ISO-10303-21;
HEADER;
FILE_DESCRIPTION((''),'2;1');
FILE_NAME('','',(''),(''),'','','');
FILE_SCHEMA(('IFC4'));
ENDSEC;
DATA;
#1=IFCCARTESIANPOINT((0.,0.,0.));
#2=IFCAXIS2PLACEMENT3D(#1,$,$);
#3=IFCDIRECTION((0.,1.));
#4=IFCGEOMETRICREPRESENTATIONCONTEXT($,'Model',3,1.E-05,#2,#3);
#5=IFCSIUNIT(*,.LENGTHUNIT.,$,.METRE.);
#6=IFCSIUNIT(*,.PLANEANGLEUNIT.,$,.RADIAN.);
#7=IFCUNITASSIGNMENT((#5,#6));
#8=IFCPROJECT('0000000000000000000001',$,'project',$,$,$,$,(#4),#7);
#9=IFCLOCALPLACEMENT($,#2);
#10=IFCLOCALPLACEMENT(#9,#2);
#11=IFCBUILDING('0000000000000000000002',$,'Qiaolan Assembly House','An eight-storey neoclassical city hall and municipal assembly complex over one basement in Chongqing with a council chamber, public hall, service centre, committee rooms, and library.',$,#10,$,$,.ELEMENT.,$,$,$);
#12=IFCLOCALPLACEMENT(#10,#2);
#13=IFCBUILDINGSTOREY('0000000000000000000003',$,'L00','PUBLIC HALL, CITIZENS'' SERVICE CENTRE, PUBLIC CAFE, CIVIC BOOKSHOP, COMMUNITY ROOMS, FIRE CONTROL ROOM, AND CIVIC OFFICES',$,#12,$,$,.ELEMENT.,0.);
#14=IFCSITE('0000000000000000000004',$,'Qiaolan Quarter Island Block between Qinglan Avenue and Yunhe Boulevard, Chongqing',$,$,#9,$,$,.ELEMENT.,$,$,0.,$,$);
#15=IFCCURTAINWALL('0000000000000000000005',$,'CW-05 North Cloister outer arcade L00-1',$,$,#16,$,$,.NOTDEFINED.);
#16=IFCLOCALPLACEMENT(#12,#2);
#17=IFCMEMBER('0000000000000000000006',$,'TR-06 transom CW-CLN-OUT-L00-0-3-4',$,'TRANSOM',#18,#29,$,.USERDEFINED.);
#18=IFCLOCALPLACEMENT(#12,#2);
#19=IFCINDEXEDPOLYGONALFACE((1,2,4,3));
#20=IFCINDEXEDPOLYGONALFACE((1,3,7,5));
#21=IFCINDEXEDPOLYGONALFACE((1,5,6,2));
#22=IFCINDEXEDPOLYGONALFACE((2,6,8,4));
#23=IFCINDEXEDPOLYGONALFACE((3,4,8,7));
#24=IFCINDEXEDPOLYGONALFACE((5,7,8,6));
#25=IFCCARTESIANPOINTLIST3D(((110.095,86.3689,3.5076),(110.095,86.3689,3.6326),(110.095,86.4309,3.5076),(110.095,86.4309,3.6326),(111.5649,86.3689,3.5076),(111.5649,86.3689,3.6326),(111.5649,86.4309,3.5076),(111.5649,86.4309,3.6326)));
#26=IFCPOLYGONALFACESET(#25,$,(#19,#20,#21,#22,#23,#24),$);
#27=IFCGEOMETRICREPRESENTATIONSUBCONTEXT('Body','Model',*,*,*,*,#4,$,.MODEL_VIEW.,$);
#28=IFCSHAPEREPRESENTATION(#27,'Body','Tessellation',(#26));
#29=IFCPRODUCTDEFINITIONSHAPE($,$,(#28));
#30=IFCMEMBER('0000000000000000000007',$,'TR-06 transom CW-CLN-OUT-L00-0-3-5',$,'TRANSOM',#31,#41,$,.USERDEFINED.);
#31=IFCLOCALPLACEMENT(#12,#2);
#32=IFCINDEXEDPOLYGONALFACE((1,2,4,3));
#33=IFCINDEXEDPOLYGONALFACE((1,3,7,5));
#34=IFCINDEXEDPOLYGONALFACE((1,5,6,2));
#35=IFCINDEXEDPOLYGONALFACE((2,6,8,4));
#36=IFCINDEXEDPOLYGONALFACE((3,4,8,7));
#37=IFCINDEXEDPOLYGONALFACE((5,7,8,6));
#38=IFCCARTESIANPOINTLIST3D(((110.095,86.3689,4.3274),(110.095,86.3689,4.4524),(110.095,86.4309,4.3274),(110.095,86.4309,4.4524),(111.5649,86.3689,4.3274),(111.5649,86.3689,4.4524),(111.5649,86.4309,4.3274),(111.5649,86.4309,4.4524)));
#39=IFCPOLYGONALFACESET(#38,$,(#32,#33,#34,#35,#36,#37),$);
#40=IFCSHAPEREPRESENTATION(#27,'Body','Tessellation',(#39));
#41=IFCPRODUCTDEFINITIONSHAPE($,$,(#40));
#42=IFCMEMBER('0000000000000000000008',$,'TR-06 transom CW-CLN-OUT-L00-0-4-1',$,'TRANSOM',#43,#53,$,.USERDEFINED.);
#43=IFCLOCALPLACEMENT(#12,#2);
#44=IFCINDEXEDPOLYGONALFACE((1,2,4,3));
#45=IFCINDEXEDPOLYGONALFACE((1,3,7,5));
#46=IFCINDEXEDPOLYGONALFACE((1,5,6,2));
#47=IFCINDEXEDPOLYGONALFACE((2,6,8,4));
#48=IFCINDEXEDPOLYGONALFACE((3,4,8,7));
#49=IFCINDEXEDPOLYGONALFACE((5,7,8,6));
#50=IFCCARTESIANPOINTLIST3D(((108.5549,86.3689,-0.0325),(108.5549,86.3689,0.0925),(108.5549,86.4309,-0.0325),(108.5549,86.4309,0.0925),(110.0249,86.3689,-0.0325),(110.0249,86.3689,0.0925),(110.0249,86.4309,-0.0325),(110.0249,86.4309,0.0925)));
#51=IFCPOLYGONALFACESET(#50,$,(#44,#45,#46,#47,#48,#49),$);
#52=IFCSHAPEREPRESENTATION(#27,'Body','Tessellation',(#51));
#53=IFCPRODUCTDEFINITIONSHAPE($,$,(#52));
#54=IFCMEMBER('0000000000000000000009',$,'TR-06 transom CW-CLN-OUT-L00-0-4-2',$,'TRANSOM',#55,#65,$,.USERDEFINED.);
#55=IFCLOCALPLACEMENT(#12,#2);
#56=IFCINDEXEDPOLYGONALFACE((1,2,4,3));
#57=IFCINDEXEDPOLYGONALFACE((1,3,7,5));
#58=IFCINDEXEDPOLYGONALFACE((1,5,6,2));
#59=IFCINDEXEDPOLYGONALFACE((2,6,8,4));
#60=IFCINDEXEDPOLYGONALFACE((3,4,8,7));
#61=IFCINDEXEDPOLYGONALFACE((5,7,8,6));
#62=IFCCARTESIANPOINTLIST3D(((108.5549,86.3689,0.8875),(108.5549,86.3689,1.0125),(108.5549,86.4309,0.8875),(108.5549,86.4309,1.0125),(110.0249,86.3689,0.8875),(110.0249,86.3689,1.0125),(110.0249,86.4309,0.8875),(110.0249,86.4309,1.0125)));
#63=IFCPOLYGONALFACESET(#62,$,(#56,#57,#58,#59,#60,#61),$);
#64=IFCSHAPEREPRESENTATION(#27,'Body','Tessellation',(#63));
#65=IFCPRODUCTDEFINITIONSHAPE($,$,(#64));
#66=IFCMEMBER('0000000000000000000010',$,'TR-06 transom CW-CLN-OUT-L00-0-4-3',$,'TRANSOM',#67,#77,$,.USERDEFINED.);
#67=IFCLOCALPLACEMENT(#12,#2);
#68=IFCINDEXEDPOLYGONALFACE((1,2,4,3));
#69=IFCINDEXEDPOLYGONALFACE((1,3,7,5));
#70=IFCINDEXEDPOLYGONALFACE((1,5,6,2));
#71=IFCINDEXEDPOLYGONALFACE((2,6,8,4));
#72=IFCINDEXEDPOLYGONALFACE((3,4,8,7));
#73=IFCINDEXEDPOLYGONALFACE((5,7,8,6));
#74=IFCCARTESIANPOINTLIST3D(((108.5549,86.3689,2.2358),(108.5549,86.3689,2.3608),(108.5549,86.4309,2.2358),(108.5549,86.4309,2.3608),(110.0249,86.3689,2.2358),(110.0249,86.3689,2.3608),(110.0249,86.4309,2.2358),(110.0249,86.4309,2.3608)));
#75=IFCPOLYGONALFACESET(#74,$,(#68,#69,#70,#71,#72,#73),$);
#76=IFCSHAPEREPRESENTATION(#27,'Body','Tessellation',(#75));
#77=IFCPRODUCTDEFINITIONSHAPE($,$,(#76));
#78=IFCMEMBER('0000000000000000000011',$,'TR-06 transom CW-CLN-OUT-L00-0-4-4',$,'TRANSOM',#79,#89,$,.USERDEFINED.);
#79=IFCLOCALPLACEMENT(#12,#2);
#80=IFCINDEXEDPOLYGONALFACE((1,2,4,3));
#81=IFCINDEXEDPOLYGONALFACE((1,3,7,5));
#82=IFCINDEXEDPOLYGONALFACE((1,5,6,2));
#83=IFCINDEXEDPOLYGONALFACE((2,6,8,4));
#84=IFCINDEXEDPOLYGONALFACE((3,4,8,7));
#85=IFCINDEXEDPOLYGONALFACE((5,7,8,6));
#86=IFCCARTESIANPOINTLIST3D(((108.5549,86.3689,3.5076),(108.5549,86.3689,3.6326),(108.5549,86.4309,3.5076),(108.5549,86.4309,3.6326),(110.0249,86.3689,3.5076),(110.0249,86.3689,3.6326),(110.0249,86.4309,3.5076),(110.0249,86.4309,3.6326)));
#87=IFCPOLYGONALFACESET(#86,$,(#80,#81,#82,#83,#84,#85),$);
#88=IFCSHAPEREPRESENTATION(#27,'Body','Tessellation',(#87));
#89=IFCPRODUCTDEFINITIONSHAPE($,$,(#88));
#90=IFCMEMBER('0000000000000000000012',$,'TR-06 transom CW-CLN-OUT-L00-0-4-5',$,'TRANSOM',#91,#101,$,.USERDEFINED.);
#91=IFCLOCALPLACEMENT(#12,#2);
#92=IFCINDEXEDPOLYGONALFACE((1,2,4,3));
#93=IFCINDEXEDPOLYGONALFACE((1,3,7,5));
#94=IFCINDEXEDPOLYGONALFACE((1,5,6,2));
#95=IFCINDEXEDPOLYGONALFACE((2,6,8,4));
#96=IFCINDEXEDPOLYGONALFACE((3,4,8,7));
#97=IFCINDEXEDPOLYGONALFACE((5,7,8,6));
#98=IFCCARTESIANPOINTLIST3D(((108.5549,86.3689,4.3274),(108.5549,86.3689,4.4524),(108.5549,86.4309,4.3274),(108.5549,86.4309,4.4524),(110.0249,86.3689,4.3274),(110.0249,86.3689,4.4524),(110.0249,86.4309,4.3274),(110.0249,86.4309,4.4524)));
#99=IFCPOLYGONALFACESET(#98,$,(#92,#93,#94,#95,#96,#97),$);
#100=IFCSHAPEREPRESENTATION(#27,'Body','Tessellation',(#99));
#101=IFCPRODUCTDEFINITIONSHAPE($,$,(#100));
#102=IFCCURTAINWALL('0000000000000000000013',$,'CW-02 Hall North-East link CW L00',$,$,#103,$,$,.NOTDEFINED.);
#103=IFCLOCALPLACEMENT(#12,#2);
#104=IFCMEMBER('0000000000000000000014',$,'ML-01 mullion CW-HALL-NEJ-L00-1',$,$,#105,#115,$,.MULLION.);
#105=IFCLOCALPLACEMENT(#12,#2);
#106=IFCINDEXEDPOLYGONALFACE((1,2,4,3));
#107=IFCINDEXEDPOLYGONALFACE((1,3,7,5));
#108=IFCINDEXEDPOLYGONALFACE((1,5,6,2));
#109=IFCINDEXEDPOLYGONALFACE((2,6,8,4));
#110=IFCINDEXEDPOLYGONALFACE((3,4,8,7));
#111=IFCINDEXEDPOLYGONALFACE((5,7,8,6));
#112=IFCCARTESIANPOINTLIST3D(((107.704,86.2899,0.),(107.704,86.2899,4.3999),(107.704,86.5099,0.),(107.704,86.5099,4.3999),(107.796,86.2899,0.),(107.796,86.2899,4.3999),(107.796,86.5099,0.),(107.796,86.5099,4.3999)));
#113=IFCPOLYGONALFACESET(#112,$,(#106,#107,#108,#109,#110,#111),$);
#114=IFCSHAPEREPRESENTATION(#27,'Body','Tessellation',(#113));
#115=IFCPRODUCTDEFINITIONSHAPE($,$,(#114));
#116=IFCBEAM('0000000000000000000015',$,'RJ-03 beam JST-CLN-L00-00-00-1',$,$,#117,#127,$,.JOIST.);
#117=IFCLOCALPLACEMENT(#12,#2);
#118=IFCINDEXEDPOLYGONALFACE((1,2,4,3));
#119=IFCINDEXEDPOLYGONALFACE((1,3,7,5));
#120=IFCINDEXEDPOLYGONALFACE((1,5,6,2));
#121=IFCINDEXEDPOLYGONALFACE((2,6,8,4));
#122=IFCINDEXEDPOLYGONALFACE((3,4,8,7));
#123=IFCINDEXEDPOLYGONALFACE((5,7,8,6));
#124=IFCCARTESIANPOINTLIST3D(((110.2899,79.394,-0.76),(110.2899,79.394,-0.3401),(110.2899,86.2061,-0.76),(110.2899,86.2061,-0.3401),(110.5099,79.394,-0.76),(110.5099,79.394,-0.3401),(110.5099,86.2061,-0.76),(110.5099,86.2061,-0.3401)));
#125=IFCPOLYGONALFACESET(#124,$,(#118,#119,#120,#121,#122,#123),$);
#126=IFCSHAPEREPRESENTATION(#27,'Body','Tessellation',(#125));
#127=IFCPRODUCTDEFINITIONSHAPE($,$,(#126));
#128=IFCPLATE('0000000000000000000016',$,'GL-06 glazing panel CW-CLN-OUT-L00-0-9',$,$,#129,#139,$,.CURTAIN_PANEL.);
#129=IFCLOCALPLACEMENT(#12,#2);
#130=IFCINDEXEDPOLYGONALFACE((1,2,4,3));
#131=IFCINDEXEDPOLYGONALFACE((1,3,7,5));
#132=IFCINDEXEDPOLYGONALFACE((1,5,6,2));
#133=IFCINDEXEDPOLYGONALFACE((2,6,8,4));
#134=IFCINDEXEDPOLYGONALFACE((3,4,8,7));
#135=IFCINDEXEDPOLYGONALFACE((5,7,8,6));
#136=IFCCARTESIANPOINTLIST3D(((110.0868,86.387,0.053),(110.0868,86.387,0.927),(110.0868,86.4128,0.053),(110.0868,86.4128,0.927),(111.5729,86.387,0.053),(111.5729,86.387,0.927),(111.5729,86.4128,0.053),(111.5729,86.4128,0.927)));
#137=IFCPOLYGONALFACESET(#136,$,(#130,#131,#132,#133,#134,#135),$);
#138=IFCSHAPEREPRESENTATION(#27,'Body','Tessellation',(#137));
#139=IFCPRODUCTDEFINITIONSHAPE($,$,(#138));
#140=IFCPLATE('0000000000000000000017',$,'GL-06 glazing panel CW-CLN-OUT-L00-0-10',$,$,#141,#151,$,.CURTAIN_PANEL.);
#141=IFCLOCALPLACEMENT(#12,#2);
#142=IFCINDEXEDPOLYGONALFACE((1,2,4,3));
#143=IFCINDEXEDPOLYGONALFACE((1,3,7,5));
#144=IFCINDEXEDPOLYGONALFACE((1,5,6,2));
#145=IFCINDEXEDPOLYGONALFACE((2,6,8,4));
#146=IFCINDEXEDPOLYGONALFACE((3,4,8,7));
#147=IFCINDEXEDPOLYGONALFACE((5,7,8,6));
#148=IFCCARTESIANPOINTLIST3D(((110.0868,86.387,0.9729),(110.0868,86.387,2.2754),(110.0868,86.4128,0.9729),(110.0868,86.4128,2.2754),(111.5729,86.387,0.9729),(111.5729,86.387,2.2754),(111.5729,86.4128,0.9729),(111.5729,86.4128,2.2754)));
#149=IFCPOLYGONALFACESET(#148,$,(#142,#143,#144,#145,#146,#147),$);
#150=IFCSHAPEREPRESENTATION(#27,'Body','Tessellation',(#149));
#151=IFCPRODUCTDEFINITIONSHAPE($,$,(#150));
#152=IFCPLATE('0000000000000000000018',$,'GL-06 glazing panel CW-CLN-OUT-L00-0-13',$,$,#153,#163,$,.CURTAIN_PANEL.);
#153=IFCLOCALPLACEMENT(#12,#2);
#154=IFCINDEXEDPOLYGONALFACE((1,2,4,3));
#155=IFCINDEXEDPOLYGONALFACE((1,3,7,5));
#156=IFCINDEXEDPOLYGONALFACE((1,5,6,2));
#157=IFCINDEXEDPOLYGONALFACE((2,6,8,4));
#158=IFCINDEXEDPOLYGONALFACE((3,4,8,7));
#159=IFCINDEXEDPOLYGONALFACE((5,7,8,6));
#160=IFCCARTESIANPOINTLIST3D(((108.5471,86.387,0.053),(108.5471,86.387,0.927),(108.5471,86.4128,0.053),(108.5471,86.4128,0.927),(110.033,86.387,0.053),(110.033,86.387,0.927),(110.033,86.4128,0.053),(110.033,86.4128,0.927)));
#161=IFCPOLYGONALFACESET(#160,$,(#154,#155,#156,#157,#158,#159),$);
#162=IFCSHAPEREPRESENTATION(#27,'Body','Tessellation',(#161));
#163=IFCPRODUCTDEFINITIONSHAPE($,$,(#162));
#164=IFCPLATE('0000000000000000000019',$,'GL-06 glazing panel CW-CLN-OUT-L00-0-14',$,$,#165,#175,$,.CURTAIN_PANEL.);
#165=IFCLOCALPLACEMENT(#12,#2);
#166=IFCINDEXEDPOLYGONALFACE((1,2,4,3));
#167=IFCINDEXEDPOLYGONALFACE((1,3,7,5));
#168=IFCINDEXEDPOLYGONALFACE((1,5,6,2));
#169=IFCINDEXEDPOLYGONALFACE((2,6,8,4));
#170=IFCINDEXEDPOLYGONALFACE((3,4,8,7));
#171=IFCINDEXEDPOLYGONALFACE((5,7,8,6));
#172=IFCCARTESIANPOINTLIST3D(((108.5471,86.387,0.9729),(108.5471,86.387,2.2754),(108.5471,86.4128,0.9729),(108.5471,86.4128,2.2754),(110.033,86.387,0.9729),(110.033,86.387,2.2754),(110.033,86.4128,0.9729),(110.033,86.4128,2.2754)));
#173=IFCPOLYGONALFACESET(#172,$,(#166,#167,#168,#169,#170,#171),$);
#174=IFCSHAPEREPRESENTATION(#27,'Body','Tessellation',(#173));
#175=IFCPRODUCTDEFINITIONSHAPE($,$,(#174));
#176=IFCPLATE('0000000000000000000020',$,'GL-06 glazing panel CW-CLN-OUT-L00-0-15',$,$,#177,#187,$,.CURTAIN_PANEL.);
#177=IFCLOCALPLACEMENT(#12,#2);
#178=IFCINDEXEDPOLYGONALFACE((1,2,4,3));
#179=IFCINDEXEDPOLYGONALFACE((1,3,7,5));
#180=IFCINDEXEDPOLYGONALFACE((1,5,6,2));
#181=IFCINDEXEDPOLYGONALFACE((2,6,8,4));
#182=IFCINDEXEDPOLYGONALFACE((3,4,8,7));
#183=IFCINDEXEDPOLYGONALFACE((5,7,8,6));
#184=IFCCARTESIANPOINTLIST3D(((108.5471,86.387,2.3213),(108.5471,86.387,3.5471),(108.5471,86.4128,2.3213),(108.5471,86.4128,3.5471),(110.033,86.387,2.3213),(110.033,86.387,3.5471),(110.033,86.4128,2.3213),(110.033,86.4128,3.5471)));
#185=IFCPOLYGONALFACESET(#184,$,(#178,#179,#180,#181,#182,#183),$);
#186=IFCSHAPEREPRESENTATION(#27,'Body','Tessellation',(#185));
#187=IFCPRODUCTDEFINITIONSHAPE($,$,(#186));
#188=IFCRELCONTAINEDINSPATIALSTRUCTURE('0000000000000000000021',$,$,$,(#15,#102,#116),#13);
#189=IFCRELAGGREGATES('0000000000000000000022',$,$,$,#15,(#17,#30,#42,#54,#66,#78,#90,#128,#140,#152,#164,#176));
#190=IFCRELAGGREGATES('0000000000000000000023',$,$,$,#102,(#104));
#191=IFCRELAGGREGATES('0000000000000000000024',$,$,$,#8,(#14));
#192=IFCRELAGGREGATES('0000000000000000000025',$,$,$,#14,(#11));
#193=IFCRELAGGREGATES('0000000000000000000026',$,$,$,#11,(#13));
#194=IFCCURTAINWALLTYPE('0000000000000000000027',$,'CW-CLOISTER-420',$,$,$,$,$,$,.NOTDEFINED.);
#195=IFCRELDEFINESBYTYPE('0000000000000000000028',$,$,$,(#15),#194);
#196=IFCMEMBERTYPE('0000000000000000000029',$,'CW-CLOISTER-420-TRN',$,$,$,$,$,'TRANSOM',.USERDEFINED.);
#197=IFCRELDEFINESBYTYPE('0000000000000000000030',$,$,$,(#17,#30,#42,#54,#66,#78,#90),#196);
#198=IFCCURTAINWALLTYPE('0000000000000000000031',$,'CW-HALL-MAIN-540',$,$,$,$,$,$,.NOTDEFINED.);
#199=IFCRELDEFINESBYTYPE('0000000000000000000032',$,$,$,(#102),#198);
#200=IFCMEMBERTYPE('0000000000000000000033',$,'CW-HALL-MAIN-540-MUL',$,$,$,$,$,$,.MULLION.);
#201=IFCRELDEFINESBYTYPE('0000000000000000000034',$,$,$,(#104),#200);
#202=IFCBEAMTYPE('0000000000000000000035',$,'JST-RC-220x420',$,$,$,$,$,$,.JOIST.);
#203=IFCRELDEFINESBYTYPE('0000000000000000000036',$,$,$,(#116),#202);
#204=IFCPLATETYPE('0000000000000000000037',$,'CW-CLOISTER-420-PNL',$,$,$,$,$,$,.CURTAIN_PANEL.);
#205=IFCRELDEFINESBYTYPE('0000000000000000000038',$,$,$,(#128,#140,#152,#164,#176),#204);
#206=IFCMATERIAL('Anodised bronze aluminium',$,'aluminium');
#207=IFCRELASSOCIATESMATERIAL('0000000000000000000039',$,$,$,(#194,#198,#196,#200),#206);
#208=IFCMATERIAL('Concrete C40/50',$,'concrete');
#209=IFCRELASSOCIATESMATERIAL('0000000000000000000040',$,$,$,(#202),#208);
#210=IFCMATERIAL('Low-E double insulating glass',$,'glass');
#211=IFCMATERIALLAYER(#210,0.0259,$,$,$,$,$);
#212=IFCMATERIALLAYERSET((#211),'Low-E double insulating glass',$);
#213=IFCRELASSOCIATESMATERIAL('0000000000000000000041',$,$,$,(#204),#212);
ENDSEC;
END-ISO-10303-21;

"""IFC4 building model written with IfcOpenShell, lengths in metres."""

from ifc_helpers import new_model, si_unit, direction, frame, frame_2d, origin, origin_2d, place, context, subcontext, project, spatial, rectangle, extrude, material, layer, layer_set, material_profile, profile_set, type_object, element, aggregate, save


model = new_model("IFC4")

# Units and contexts
model_context = context("Model", 3, precision=1e-05, world=origin(), true_north=direction((0.0, 1.0)))
body_context = subcontext(model_context, "Body", "Model", "MODEL_VIEW")
ifc_project = project(units=[si_unit("LENGTHUNIT", "METRE"), si_unit("PLANEANGLEUNIT", "RADIAN")], contexts=[model_context])

# Site, building, storey
site_placement = place(None, origin())
site = spatial("IfcSite", under=ifc_project, at=site_placement, Name="Qiaolan Quarter Island Block between Qinglan Avenue and Yunhe Boulevard, Chongqing", CompositionType="ELEMENT", RefElevation=0.0)
building_placement = place(site_placement, origin())
building = spatial("IfcBuilding", under=site, at=building_placement, Name="Qiaolan Assembly House", Description="An eight-storey neoclassical city hall and municipal assembly complex over one basement in Chongqing with a council chamber, public hall, service centre, committee rooms, and library.", CompositionType="ELEMENT")
storey_placement = place(building_placement, origin())
storey = spatial("IfcBuildingStorey", under=building, at=storey_placement, Name="L00", Description="PUBLIC HALL, CITIZENS' SERVICE CENTRE, PUBLIC CAFE, CIVIC BOOKSHOP, COMMUNITY ROOMS, FIRE CONTROL ROOM, AND CIVIC OFFICES", CompositionType="ELEMENT", Elevation=0.0)

# Shared definitions
ifc_material_1 = material(Name="Concrete C40/50", Category="concrete")

# Curtain wall, members
ifc_material_2 = material(Name="Anodised bronze aluminium", Category="aluminium")
curtain_wall_type_1 = type_object("IfcCurtainWallType", Name="CW-CLOISTER-420", PredefinedType="NOTDEFINED", material=ifc_material_2)
curtain_wall_1_placement = place(storey_placement, origin())
curtain_wall_1 = element("IfcCurtainWall", 1, at=curtain_wall_1_placement, inside=storey, type_object=curtain_wall_type_1, Name="CW-05 North Cloister outer arcade L00-1", PredefinedType="NOTDEFINED")
ifc_material_profile_1 = material_profile(ifc_material_2, rectangle(XDim=0.062, YDim=0.125, at=origin_2d()), Name="TRN 62x125")
ifc_profile_set_1 = profile_set([ifc_material_profile_1], Name="Anodised bronze aluminium")
member_type_1 = type_object("IfcMemberType", Name="CW-CLOISTER-420-TRN", ElementType="TRANSOM", PredefinedType="USERDEFINED", material=ifc_profile_set_1)
member_1_placement = place(storey_placement, frame((111.5649, 86.3999, 3.5701), z_axis=(-1.0, 0.0, 0.0), x_axis=(0.0, -1.0, 0.0)))
member_1 = element("IfcMember", 2, at=member_1_placement, type_object=member_type_1, Name="TR-06 transom CW-CLN-OUT-L00-0-3-4", ObjectType="TRANSOM", PredefinedType="USERDEFINED", context=body_context, shape_type="SweptSolid", body=[
    extrude(rectangle(XDim=0.062, YDim=0.125, at=origin_2d()), origin(), (0.0, 0.0, 1.0), 1.47),
])
member_2_placement = place(storey_placement, frame((111.5649, 86.3999, 4.3899), z_axis=(-1.0, 0.0, 0.0), x_axis=(0.0, -1.0, 0.0)))
member_2 = element("IfcMember", 3, at=member_2_placement, type_object=member_type_1, Name="TR-06 transom CW-CLN-OUT-L00-0-3-5", ObjectType="TRANSOM", PredefinedType="USERDEFINED", context=body_context, shape_type="SweptSolid", body=[
    extrude(rectangle(XDim=0.062, YDim=0.125, at=origin_2d()), origin(), (0.0, 0.0, 1.0), 1.47),
])
member_3_placement = place(storey_placement, frame((110.0249, 86.3999, 0.03), z_axis=(-1.0, 0.0, 0.0), x_axis=(0.0, -1.0, 0.0)))
member_3 = element("IfcMember", 4, at=member_3_placement, type_object=member_type_1, Name="TR-06 transom CW-CLN-OUT-L00-0-4-1", ObjectType="TRANSOM", PredefinedType="USERDEFINED", context=body_context, shape_type="SweptSolid", body=[
    extrude(rectangle(XDim=0.062, YDim=0.125, at=origin_2d()), origin(), (0.0, 0.0, 1.0), 1.47),
])
member_4_placement = place(storey_placement, frame((110.0249, 86.3999, 0.95), z_axis=(-1.0, 0.0, 0.0), x_axis=(0.0, -1.0, 0.0)))
member_4 = element("IfcMember", 5, at=member_4_placement, type_object=member_type_1, Name="TR-06 transom CW-CLN-OUT-L00-0-4-2", ObjectType="TRANSOM", PredefinedType="USERDEFINED", context=body_context, shape_type="SweptSolid", body=[
    extrude(rectangle(XDim=0.062, YDim=0.125, at=origin_2d()), origin(), (0.0, 0.0, 1.0), 1.47),
])
member_5_placement = place(storey_placement, frame((110.0249, 86.3999, 2.2983), z_axis=(-1.0, 0.0, 0.0), x_axis=(0.0, -1.0, 0.0)))
member_5 = element("IfcMember", 6, at=member_5_placement, type_object=member_type_1, Name="TR-06 transom CW-CLN-OUT-L00-0-4-3", ObjectType="TRANSOM", PredefinedType="USERDEFINED", context=body_context, shape_type="SweptSolid", body=[
    extrude(rectangle(XDim=0.062, YDim=0.125, at=origin_2d()), origin(), (0.0, 0.0, 1.0), 1.47),
])
member_6_placement = place(storey_placement, frame((110.0249, 86.3999, 3.5701), z_axis=(-1.0, 0.0, 0.0), x_axis=(0.0, -1.0, 0.0)))
member_6 = element("IfcMember", 7, at=member_6_placement, type_object=member_type_1, Name="TR-06 transom CW-CLN-OUT-L00-0-4-4", ObjectType="TRANSOM", PredefinedType="USERDEFINED", context=body_context, shape_type="SweptSolid", body=[
    extrude(rectangle(XDim=0.062, YDim=0.125, at=origin_2d()), origin(), (0.0, 0.0, 1.0), 1.47),
])
member_7_placement = place(storey_placement, frame((110.0249, 86.3999, 4.3899), z_axis=(-1.0, 0.0, 0.0), x_axis=(0.0, -1.0, 0.0)))
member_7 = element("IfcMember", 8, at=member_7_placement, type_object=member_type_1, Name="TR-06 transom CW-CLN-OUT-L00-0-4-5", ObjectType="TRANSOM", PredefinedType="USERDEFINED", context=body_context, shape_type="SweptSolid", body=[
    extrude(rectangle(XDim=0.062, YDim=0.125, at=origin_2d()), origin(), (0.0, 0.0, 1.0), 1.47),
])

# Curtain wall, member
curtain_wall_type_2 = type_object("IfcCurtainWallType", Name="CW-HALL-MAIN-540", PredefinedType="NOTDEFINED", material=ifc_material_2)
curtain_wall_2_placement = place(storey_placement, origin())
curtain_wall_2 = element("IfcCurtainWall", 9, at=curtain_wall_2_placement, inside=storey, type_object=curtain_wall_type_2, Name="CW-02 Hall North-East link CW L00", PredefinedType="NOTDEFINED")
ifc_material_profile_2 = material_profile(ifc_material_2, rectangle(XDim=0.092, YDim=0.22, at=origin_2d()), Name="MUL 92x220")
ifc_profile_set_2 = profile_set([ifc_material_profile_2], Name="Anodised bronze aluminium")
member_type_2 = type_object("IfcMemberType", Name="CW-HALL-MAIN-540-MUL", PredefinedType="MULLION", material=ifc_profile_set_2)
member_8_placement = place(storey_placement, frame((107.75, 86.3999, 0.0), z_axis=(0.0, 0.0, 1.0), x_axis=(-1.0, 0.0, 0.0)))
member_8 = element("IfcMember", 10, at=member_8_placement, type_object=member_type_2, Name="ML-01 mullion CW-HALL-NEJ-L00-1", PredefinedType="MULLION", context=body_context, shape_type="SweptSolid", body=[
    extrude(rectangle(XDim=0.092, YDim=0.22, at=origin_2d()), origin(), (0.0, 0.0, 1.0), 4.3999),
])

# Beam
ifc_material_profile_3 = material_profile(ifc_material_1, rectangle(XDim=0.22, YDim=0.4199, at=origin_2d()), Name="RCB 220x420")
ifc_profile_set_3 = profile_set([ifc_material_profile_3], Name="Concrete C40/50")
beam_type_1 = type_object("IfcBeamType", Name="JST-RC-220x420", PredefinedType="JOIST", material=ifc_profile_set_3)
beam_1_placement = place(storey_placement, frame((110.3999, 79.394, -0.55), z_axis=(0.0, 1.0, 0.0), x_axis=(-1.0, 0.0, 0.0)))
element("IfcBeam", 11, at=beam_1_placement, inside=storey, type_object=beam_type_1, Name="RJ-03 beam JST-CLN-L00-00-00-1", PredefinedType="JOIST", context=body_context, shape_type="SweptSolid", body=[
    extrude(rectangle(XDim=0.22, YDim=0.4199, at=origin_2d()), origin(), (0.0, 0.0, 1.0), 6.812),
])

# Plates
ifc_material_3 = material(Name="Low-E double insulating glass", Category="glass")
ifc_layer_1 = layer(ifc_material_3, 0.0259)
ifc_layer_set_1 = layer_set([ifc_layer_1], Name="Low-E double insulating glass")
plate_type_1 = type_object("IfcPlateType", Name="CW-CLOISTER-420-PNL", PredefinedType="CURTAIN_PANEL", material=ifc_layer_set_1)
plate_1_placement = place(storey_placement, frame((111.573, 86.3999, 0.053), z_axis=(0.0, 0.0, 1.0), x_axis=(-1.0, 0.0, 0.0)))
plate_1 = element("IfcPlate", 12, at=plate_1_placement, type_object=plate_type_1, Name="GL-06 glazing panel CW-CLN-OUT-L00-0-9", PredefinedType="CURTAIN_PANEL", context=body_context, shape_type="SweptSolid", body=[
    extrude(rectangle(XDim=1.4861, YDim=0.0259, at=frame_2d((0.7432, 0.0))), origin(), (0.0, 0.0, 1.0), 0.874),
])
plate_2_placement = place(storey_placement, frame((111.573, 86.3999, 0.9729), z_axis=(0.0, 0.0, 1.0), x_axis=(-1.0, 0.0, 0.0)))
plate_2 = element("IfcPlate", 13, at=plate_2_placement, type_object=plate_type_1, Name="GL-06 glazing panel CW-CLN-OUT-L00-0-10", PredefinedType="CURTAIN_PANEL", context=body_context, shape_type="SweptSolid", body=[
    extrude(rectangle(XDim=1.4861, YDim=0.0259, at=frame_2d((0.7432, 0.0))), origin(), (0.0, 0.0, 1.0), 1.3025),
])
plate_3_placement = place(storey_placement, frame((110.033, 86.3999, 0.053), z_axis=(0.0, 0.0, 1.0), x_axis=(-1.0, 0.0, 0.0)))
plate_3 = element("IfcPlate", 14, at=plate_3_placement, type_object=plate_type_1, Name="GL-06 glazing panel CW-CLN-OUT-L00-0-13", PredefinedType="CURTAIN_PANEL", context=body_context, shape_type="SweptSolid", body=[
    extrude(rectangle(XDim=1.4858, YDim=0.0259, at=frame_2d((0.7429, 0.0))), origin(), (0.0, 0.0, 1.0), 0.874),
])
plate_4_placement = place(storey_placement, frame((110.033, 86.3999, 0.9729), z_axis=(0.0, 0.0, 1.0), x_axis=(-1.0, 0.0, 0.0)))
plate_4 = element("IfcPlate", 15, at=plate_4_placement, type_object=plate_type_1, Name="GL-06 glazing panel CW-CLN-OUT-L00-0-14", PredefinedType="CURTAIN_PANEL", context=body_context, shape_type="SweptSolid", body=[
    extrude(rectangle(XDim=1.4858, YDim=0.0259, at=frame_2d((0.7429, 0.0))), origin(), (0.0, 0.0, 1.0), 1.3025),
])
plate_5_placement = place(storey_placement, frame((110.033, 86.3999, 2.3213), z_axis=(0.0, 0.0, 1.0), x_axis=(-1.0, 0.0, 0.0)))
plate_5 = element("IfcPlate", 16, at=plate_5_placement, type_object=plate_type_1, Name="GL-06 glazing panel CW-CLN-OUT-L00-0-15", PredefinedType="CURTAIN_PANEL", context=body_context, shape_type="SweptSolid", body=[
    extrude(rectangle(XDim=1.4858, YDim=0.0259, at=frame_2d((0.7429, 0.0))), origin(), (0.0, 0.0, 1.0), 1.2258),
])
aggregate(curtain_wall_1, [member_1, member_2, member_3, member_4, member_5, member_6, member_7, plate_1, plate_2, plate_3, plate_4, plate_5])
aggregate(curtain_wall_2, [member_8])

save(model, "model.ifc")
